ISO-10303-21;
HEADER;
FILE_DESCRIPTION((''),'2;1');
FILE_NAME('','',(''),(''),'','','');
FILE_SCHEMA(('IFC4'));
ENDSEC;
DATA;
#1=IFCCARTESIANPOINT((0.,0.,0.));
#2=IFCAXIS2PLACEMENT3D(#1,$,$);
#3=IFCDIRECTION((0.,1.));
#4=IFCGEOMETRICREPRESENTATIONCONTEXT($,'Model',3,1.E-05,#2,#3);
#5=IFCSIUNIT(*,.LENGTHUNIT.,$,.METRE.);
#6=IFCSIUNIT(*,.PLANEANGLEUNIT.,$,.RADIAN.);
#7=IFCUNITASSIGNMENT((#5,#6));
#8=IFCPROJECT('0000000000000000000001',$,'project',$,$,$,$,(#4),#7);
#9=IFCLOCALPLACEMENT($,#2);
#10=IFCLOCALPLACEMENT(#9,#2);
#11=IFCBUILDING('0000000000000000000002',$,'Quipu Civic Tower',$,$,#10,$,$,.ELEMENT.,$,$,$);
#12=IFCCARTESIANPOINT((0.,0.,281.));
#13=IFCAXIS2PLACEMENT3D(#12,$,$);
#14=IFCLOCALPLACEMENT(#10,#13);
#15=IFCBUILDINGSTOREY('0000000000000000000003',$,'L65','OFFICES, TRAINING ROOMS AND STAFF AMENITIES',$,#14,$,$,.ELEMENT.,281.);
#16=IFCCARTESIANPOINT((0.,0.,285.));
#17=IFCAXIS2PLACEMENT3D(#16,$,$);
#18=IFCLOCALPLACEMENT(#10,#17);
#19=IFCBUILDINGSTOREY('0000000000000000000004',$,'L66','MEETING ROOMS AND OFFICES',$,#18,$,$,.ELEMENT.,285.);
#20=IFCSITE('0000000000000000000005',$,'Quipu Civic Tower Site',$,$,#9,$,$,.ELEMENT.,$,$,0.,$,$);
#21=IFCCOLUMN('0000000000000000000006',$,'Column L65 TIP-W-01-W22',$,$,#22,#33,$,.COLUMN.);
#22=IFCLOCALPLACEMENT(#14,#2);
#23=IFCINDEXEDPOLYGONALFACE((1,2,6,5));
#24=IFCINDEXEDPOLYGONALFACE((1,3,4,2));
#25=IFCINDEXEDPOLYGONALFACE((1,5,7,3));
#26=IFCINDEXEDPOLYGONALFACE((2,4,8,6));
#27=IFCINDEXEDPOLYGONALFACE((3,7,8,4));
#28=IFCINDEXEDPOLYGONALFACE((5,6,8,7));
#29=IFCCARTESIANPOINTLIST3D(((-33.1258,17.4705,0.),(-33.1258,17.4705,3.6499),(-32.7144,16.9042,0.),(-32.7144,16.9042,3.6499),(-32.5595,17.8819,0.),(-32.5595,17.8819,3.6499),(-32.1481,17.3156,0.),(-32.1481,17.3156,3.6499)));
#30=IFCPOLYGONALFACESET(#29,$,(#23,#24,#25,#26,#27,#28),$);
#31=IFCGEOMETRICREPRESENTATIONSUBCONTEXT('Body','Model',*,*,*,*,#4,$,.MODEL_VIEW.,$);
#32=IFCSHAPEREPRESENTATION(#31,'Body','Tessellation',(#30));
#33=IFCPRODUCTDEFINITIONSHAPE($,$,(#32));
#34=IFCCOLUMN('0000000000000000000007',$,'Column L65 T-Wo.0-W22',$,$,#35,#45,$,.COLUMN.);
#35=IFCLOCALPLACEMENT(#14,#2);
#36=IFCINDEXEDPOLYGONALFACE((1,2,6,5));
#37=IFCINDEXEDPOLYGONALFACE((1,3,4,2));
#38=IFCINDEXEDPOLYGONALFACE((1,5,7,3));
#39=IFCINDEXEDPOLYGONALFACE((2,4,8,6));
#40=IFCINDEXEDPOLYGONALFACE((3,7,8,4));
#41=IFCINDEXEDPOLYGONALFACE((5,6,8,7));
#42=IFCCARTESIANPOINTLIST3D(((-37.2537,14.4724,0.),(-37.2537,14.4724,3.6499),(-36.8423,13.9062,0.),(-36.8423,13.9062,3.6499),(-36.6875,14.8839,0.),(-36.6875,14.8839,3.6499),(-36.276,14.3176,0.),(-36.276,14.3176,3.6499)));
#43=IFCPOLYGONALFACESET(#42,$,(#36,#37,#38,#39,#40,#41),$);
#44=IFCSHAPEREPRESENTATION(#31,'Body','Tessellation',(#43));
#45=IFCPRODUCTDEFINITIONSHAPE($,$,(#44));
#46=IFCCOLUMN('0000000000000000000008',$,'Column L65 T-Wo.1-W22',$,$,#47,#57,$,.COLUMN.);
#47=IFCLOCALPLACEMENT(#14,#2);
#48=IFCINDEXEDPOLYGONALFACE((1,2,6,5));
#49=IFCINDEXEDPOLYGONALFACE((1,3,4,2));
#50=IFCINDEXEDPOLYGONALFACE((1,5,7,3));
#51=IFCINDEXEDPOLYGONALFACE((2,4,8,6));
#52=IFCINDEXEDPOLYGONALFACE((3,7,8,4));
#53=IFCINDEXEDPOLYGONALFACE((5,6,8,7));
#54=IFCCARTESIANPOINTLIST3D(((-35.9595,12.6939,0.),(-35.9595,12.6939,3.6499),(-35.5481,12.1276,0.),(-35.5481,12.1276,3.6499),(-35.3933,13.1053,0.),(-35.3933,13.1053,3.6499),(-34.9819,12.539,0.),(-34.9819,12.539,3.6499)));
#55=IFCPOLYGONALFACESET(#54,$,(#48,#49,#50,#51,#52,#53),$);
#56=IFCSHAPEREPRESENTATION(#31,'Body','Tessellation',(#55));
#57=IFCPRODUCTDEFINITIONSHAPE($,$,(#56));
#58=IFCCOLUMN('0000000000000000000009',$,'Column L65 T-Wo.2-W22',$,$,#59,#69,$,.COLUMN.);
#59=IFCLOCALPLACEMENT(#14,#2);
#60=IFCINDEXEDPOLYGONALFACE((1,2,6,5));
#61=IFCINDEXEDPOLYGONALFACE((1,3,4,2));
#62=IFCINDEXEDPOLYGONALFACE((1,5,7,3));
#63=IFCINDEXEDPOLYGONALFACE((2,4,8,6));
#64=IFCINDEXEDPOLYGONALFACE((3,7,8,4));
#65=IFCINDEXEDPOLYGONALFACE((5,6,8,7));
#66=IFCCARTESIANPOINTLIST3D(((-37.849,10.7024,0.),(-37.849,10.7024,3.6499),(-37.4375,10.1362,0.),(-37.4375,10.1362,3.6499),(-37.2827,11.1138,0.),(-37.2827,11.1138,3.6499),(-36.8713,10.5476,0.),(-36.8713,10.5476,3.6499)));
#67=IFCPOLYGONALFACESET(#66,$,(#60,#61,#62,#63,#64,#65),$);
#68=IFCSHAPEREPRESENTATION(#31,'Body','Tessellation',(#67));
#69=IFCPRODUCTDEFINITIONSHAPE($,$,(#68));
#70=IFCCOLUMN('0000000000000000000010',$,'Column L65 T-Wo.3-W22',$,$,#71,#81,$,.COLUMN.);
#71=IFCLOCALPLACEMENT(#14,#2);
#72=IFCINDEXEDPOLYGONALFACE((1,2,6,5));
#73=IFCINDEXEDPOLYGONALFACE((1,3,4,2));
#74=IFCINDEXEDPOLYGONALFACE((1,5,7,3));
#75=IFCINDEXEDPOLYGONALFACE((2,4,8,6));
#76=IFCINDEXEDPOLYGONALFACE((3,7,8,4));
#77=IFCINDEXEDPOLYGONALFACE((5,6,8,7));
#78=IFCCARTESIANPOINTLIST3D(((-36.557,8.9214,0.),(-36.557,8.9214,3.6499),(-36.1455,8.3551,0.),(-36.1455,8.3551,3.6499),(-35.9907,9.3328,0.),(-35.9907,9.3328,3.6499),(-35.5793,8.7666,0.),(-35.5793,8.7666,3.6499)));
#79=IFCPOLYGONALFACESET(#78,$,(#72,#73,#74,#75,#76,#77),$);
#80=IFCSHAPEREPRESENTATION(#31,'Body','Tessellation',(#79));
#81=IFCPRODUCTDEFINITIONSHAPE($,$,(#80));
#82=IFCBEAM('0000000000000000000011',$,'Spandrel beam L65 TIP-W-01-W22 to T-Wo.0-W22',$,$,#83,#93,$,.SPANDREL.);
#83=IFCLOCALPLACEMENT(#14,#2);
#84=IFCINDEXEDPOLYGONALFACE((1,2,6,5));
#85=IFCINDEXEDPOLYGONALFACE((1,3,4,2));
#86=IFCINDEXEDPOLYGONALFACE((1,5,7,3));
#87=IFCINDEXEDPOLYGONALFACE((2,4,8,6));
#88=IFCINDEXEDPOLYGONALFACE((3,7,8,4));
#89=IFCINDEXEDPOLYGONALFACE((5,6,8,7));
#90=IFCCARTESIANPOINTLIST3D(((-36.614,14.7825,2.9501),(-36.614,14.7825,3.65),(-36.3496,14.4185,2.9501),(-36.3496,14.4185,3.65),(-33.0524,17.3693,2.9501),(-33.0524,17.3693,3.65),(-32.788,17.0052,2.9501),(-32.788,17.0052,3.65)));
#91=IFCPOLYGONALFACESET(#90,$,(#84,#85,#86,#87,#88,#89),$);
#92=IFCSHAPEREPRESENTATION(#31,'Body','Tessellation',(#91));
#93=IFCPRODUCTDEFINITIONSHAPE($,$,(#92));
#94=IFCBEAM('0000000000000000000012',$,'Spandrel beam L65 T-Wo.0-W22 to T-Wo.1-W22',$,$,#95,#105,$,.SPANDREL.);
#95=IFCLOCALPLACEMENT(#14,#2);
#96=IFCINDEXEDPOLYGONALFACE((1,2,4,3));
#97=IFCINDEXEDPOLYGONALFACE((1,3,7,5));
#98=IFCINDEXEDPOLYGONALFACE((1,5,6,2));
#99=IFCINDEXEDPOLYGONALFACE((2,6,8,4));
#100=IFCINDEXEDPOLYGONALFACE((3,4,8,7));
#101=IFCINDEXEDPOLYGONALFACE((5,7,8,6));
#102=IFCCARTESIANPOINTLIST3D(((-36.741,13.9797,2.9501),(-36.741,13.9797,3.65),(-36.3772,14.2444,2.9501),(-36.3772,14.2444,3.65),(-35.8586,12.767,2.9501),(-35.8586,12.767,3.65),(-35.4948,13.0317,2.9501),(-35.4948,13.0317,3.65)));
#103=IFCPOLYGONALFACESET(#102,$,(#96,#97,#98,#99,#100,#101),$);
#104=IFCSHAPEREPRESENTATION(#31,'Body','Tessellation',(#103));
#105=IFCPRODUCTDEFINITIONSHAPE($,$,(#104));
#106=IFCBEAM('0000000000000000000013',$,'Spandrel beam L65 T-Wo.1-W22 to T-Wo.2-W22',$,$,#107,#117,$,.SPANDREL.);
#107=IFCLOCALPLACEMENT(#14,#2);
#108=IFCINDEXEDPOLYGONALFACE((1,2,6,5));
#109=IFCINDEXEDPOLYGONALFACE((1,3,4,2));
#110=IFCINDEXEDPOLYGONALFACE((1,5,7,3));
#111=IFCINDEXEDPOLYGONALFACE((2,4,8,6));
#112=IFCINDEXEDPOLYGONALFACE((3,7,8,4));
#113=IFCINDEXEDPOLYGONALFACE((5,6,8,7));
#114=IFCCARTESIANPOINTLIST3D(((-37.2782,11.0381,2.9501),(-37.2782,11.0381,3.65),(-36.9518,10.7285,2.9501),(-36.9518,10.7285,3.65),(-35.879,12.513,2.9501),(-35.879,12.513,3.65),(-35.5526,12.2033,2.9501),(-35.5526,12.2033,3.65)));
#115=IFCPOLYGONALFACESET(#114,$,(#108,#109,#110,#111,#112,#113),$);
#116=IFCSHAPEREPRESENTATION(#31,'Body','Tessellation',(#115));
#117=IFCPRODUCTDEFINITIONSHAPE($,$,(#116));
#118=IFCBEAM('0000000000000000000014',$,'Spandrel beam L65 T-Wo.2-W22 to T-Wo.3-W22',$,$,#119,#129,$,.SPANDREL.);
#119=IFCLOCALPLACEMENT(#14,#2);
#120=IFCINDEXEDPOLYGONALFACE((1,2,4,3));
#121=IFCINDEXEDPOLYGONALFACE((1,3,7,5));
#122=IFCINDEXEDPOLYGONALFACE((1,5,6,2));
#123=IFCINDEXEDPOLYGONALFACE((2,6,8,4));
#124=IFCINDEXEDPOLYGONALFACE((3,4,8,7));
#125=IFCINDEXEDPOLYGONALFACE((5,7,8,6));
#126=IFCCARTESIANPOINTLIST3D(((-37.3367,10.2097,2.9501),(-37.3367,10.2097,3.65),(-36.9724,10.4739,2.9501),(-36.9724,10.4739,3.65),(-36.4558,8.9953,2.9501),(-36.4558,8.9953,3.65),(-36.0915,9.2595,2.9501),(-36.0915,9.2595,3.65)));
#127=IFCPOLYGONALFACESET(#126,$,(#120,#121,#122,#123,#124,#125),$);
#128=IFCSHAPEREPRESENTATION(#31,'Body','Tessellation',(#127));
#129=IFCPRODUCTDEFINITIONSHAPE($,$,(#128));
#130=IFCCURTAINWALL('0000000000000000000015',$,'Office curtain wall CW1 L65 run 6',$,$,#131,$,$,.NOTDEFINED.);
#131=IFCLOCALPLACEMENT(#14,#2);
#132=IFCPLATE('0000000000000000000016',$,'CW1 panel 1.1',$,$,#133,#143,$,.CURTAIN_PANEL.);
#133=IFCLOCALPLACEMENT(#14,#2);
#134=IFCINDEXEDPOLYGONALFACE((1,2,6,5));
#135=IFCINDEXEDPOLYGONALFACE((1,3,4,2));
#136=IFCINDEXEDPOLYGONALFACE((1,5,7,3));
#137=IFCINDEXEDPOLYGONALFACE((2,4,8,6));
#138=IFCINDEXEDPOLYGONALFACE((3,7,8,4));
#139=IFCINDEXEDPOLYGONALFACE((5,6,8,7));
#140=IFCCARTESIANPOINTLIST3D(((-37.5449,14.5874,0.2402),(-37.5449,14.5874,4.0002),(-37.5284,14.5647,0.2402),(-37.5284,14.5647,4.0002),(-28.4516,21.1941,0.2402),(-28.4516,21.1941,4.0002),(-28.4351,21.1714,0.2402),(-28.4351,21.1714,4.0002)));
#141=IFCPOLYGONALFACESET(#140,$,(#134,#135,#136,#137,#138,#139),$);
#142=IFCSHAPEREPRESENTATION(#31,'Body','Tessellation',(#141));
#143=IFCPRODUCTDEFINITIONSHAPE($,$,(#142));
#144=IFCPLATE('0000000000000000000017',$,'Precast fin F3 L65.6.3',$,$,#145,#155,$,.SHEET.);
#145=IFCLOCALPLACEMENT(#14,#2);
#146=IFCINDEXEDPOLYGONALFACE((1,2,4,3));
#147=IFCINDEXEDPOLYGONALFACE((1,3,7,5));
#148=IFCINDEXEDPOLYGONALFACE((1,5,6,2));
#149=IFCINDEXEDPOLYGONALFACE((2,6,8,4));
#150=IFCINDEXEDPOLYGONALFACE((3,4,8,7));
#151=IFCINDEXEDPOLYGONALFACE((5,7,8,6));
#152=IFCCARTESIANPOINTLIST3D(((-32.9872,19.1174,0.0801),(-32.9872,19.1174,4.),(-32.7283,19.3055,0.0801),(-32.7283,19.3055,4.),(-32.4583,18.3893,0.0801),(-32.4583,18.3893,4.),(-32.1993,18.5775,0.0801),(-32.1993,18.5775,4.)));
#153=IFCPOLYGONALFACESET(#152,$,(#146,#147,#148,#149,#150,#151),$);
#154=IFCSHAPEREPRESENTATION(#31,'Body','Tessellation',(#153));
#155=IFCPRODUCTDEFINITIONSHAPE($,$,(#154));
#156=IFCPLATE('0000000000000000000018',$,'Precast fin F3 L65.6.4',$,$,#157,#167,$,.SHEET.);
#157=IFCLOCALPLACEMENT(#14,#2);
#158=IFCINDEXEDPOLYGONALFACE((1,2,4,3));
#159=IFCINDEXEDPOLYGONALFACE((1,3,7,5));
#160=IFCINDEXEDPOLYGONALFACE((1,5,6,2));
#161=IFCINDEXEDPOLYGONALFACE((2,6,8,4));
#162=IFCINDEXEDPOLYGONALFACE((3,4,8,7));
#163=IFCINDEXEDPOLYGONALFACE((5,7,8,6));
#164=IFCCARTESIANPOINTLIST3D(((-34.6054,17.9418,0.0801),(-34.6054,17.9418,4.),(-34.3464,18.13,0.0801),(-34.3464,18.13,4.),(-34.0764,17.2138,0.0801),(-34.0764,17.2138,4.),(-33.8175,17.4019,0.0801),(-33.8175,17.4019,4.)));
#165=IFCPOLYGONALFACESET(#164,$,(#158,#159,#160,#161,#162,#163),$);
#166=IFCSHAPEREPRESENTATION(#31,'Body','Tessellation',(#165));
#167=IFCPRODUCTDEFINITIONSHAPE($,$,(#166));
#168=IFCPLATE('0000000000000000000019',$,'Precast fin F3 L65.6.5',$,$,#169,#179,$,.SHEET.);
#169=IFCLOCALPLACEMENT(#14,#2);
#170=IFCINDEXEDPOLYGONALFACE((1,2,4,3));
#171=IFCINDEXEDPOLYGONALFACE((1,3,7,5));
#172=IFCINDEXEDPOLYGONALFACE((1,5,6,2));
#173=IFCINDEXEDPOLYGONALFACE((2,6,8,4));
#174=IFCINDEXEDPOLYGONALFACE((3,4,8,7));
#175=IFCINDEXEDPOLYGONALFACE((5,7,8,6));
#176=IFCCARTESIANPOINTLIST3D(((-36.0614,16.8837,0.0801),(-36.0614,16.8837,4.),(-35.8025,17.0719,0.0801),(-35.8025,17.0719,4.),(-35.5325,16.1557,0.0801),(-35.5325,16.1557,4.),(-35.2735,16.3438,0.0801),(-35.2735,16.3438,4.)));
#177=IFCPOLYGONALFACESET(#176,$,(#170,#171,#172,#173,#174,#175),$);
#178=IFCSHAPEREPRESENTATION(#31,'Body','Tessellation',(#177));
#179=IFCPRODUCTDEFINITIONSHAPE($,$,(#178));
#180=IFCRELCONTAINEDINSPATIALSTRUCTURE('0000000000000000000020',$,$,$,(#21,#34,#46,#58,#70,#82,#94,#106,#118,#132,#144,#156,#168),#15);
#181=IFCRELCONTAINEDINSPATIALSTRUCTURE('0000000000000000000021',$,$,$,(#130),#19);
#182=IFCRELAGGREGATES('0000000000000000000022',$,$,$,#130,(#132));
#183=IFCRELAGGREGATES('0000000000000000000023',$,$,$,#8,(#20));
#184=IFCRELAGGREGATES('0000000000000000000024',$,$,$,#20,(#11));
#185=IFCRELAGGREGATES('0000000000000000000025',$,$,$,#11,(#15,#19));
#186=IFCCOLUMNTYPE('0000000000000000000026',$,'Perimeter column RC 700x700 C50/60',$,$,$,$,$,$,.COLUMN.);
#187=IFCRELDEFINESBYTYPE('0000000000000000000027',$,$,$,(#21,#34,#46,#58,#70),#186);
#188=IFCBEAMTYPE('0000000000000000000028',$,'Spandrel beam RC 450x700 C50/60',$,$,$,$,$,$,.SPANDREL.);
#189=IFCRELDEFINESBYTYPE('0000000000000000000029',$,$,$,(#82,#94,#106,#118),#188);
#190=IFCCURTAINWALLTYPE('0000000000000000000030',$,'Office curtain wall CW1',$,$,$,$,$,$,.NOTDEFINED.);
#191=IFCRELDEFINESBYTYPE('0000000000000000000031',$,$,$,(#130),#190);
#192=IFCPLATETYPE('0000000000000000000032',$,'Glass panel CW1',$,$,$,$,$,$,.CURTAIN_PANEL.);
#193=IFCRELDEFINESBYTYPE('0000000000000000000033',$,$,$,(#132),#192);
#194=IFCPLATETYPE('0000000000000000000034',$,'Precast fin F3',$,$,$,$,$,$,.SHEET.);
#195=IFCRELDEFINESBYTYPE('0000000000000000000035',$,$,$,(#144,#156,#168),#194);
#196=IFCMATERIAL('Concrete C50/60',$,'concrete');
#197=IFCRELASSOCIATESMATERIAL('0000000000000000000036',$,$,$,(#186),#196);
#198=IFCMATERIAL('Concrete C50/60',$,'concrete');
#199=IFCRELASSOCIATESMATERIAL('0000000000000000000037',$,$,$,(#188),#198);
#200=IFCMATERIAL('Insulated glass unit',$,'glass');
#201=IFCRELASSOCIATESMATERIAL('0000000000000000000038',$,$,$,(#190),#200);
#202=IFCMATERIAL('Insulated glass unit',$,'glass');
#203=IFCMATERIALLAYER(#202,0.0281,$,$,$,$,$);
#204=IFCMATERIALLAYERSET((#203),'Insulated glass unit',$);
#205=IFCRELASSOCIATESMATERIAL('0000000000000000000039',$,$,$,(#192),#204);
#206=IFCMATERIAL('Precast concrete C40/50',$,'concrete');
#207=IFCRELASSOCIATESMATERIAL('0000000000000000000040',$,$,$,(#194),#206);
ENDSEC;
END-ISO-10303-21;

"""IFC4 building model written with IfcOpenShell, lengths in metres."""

from ifc_helpers import new_model, si_unit, direction, frame, origin, origin_2d, place, context, subcontext, project, spatial, rectangle, extrude, material, layer, layer_set, material_profile, profile_set, type_object, element, aggregate, save


model = new_model("IFC4")

# Units and contexts
model_context = context("Model", 3, precision=1e-05, world=origin(), true_north=direction((0.0, 1.0)))
body_context = subcontext(model_context, "Body", "Model", "MODEL_VIEW")
ifc_project = project(units=[si_unit("LENGTHUNIT", "METRE"), si_unit("PLANEANGLEUNIT", "RADIAN")], contexts=[model_context])

# Site, building, storey
site_placement = place(None, origin())
site = spatial("IfcSite", under=ifc_project, at=site_placement, Name="Quipu Civic Tower Site", CompositionType="ELEMENT", RefElevation=0.0)
building_placement = place(site_placement, origin())
building = spatial("IfcBuilding", under=site, at=building_placement, Name="Quipu Civic Tower", CompositionType="ELEMENT")
storey_1_placement = place(building_placement, frame((0.0, 0.0, 281.0)))
storey_1 = spatial("IfcBuildingStorey", under=building, at=storey_1_placement, Name="L65", Description="OFFICES, TRAINING ROOMS AND STAFF AMENITIES", CompositionType="ELEMENT", Elevation=281.0)

# Columns
ifc_material_1 = material(Name="Concrete C50/60", Category="concrete")
ifc_material_profile_1 = material_profile(ifc_material_1, rectangle(XDim=0.7, YDim=0.7, at=origin_2d()), Name="RC700x700")
ifc_profile_set_1 = profile_set([ifc_material_profile_1], Name="Concrete C50/60")
column_type = type_object("IfcColumnType", Name="Perimeter column RC 700x700 C50/60", PredefinedType="COLUMN", material=ifc_profile_set_1)
for number, where, z_axis, x_axis, name in (
    (1, (-32.637, 17.3931, 0.0), (0.0, 0.0, 1.0), (-0.809017, -0.587785, 0.0), "Column L65 TIP-W-01-W22"),
    (2, (-36.7649, 14.395, 0.0), (0.0, 0.0, 1.0), (0.587785, -0.809017, 0.0), "Column L65 T-Wo.0-W22"),
    (3, (-35.4707, 12.6165, 0.0), (0.0, 0.0, 1.0), (-0.809017, -0.587785, 0.0), "Column L65 T-Wo.1-W22"),
    (4, (-37.3601, 10.625, 0.0), (0.0, 0.0, 1.0), (0.587785, -0.809017, 0.0), "Column L65 T-Wo.2-W22"),
    (5, (-36.0681, 8.844, 0.0), (0.0, 0.0, 1.0), (0.587785, -0.809017, 0.0), "Column L65 T-Wo.3-W22"),
):
    element("IfcColumn", number, at=place(storey_1_placement, frame(where, z_axis=z_axis, x_axis=x_axis)), inside=storey_1, type_object=column_type, Name=name, PredefinedType="COLUMN", context=body_context, shape_type="SweptSolid", body=[
        extrude(rectangle(XDim=0.7, YDim=0.7, at=origin_2d()), origin(), (0.0, 0.0, 1.0), 3.6499),
    ])

# Beams
ifc_material_2 = material(Name="Concrete C50/60", Category="concrete")
ifc_material_profile_2 = material_profile(ifc_material_2, rectangle(XDim=0.45, YDim=0.7, at=origin_2d()), Name="RC450x700")
ifc_profile_set_2 = profile_set([ifc_material_profile_2], Name="Concrete C50/60")
beam_type = type_object("IfcBeamType", Name="Spandrel beam RC 450x700 C50/60", PredefinedType="SPANDREL", material=ifc_profile_set_2)
beam_1_placement = place(storey_1_placement, frame((-32.9202, 17.1873, 3.3), z_axis=(-0.809117, -0.587647, 0.0), x_axis=(0.587647, -0.809117, 0.0)))
element("IfcBeam", 6, at=beam_1_placement, inside=storey_1, type_object=beam_type, Name="Spandrel beam L65 TIP-W-01-W22 to T-Wo.0-W22", PredefinedType="SPANDREL", context=body_context, shape_type="SweptSolid", body=[
    extrude(rectangle(XDim=0.45, YDim=0.7, at=origin_2d()), origin(), (0.0, 0.0, 1.0), 4.4019),
])
beam_2_placement = place(storey_1_placement, frame((-36.5591, 14.1121, 3.3), z_axis=(0.588346, -0.808609, 0.0), x_axis=(0.808609, 0.588346, 0.0)))
element("IfcBeam", 7, at=beam_2_placement, inside=storey_1, type_object=beam_type, Name="Spandrel beam L65 T-Wo.0-W22 to T-Wo.1-W22", PredefinedType="SPANDREL", context=body_context, shape_type="SweptSolid", body=[
    extrude(rectangle(XDim=0.45, YDim=0.7, at=origin_2d()), origin(), (0.0, 0.0, 1.0), 1.4998),
])
beam_3_placement = place(storey_1_placement, frame((-35.7158, 12.3582, 3.3), z_axis=(-0.688247, -0.725476, 0.0), x_axis=(0.725476, -0.688247, 0.0)))
element("IfcBeam", 8, at=beam_3_placement, inside=storey_1, type_object=beam_type, Name="Spandrel beam L65 T-Wo.1-W22 to T-Wo.2-W22", PredefinedType="SPANDREL", context=body_context, shape_type="SweptSolid", body=[
    extrude(rectangle(XDim=0.45, YDim=0.7, at=origin_2d()), origin(), (0.0, 0.0, 1.0), 2.033),
])
beam_4_placement = place(storey_1_placement, frame((-37.1545, 10.3418, 3.3), z_axis=(0.587165, -0.809467, 0.0), x_axis=(0.809467, 0.587165, 0.0)))
element("IfcBeam", 9, at=beam_4_placement, inside=storey_1, type_object=beam_type, Name="Spandrel beam L65 T-Wo.2-W22 to T-Wo.3-W22", PredefinedType="SPANDREL", context=body_context, shape_type="SweptSolid", body=[
    extrude(rectangle(XDim=0.45, YDim=0.7, at=origin_2d()), origin(), (0.0, 0.0, 1.0), 1.5002),
])

# Shared definitions
storey_2_placement = place(building_placement, frame((0.0, 0.0, 285.0)))
storey_2 = spatial("IfcBuildingStorey", under=building, at=storey_2_placement, Name="L66", Description="MEETING ROOMS AND OFFICES", CompositionType="ELEMENT", Elevation=285.0)

# Curtain wall, plate
ifc_material_3 = material(Name="Insulated glass unit", Category="glass")
curtain_wall_type = type_object("IfcCurtainWallType", Name="Office curtain wall CW1", PredefinedType="NOTDEFINED", material=ifc_material_3)
curtain_wall_placement = place(storey_2_placement, origin())
curtain_wall = element("IfcCurtainWall", 10, at=curtain_wall_placement, inside=storey_2, type_object=curtain_wall_type, Name="Office curtain wall CW1 L65 run 6", PredefinedType="NOTDEFINED")
ifc_material_4 = material(Name="Insulated glass unit", Category="glass")
ifc_layer_1 = layer(ifc_material_4, 0.0281)
ifc_layer_set_1 = layer_set([ifc_layer_1], Name="Insulated glass unit")
plate_type_1 = type_object("IfcPlateType", Name="Glass panel CW1", PredefinedType="CURTAIN_PANEL", material=ifc_layer_set_1)
plate_placement = place(storey_1_placement, frame((-32.99, 17.8794, 0.2402), z_axis=(0.0, 0.0, 1.0), x_axis=(-0.809015, -0.587788, 0.0)))
plate = element("IfcPlate", 11, at=plate_placement, inside=storey_1, type_object=plate_type_1, Name="CW1 panel 1.1", PredefinedType="CURTAIN_PANEL", context=body_context, shape_type="SweptSolid", body=[
    extrude(rectangle(XDim=11.24, YDim=0.0281, at=origin_2d()), origin(), (0.0, 0.0, 1.0), 3.76),
])
aggregate(curtain_wall, [plate])

# Plates
ifc_material_5 = material(Name="Precast concrete C40/50", Category="concrete")
plate_type_2 = type_object("IfcPlateType", Name="Precast fin F3", PredefinedType="SHEET", material=ifc_material_5)
for number, where, z_axis, x_axis, name in (
    (12, (-32.5933, 18.8474, 0.0801), (0.0, 0.0, 1.0), (-0.809017, -0.587785, 0.0), "Precast fin F3 L65.6.3"),
    (13, (-34.2114, 17.6719, 0.0801), (0.0, 0.0, 1.0), (-0.809017, -0.587785, 0.0), "Precast fin F3 L65.6.4"),
    (14, (-35.6675, 16.6138, 0.0801), (0.0, 0.0, 1.0), (-0.809017, -0.587785, 0.0), "Precast fin F3 L65.6.5"),
):
    element("IfcPlate", number, at=place(storey_1_placement, frame(where, z_axis=z_axis, x_axis=x_axis)), inside=storey_1, type_object=plate_type_2, Name=name, PredefinedType="SHEET", context=body_context, shape_type="SweptSolid", body=[
        extrude(rectangle(XDim=0.3201, YDim=0.8999, at=origin_2d()), origin(), (0.0, 0.0, 1.0), 3.9199),
    ])

save(model, "model.ifc")
